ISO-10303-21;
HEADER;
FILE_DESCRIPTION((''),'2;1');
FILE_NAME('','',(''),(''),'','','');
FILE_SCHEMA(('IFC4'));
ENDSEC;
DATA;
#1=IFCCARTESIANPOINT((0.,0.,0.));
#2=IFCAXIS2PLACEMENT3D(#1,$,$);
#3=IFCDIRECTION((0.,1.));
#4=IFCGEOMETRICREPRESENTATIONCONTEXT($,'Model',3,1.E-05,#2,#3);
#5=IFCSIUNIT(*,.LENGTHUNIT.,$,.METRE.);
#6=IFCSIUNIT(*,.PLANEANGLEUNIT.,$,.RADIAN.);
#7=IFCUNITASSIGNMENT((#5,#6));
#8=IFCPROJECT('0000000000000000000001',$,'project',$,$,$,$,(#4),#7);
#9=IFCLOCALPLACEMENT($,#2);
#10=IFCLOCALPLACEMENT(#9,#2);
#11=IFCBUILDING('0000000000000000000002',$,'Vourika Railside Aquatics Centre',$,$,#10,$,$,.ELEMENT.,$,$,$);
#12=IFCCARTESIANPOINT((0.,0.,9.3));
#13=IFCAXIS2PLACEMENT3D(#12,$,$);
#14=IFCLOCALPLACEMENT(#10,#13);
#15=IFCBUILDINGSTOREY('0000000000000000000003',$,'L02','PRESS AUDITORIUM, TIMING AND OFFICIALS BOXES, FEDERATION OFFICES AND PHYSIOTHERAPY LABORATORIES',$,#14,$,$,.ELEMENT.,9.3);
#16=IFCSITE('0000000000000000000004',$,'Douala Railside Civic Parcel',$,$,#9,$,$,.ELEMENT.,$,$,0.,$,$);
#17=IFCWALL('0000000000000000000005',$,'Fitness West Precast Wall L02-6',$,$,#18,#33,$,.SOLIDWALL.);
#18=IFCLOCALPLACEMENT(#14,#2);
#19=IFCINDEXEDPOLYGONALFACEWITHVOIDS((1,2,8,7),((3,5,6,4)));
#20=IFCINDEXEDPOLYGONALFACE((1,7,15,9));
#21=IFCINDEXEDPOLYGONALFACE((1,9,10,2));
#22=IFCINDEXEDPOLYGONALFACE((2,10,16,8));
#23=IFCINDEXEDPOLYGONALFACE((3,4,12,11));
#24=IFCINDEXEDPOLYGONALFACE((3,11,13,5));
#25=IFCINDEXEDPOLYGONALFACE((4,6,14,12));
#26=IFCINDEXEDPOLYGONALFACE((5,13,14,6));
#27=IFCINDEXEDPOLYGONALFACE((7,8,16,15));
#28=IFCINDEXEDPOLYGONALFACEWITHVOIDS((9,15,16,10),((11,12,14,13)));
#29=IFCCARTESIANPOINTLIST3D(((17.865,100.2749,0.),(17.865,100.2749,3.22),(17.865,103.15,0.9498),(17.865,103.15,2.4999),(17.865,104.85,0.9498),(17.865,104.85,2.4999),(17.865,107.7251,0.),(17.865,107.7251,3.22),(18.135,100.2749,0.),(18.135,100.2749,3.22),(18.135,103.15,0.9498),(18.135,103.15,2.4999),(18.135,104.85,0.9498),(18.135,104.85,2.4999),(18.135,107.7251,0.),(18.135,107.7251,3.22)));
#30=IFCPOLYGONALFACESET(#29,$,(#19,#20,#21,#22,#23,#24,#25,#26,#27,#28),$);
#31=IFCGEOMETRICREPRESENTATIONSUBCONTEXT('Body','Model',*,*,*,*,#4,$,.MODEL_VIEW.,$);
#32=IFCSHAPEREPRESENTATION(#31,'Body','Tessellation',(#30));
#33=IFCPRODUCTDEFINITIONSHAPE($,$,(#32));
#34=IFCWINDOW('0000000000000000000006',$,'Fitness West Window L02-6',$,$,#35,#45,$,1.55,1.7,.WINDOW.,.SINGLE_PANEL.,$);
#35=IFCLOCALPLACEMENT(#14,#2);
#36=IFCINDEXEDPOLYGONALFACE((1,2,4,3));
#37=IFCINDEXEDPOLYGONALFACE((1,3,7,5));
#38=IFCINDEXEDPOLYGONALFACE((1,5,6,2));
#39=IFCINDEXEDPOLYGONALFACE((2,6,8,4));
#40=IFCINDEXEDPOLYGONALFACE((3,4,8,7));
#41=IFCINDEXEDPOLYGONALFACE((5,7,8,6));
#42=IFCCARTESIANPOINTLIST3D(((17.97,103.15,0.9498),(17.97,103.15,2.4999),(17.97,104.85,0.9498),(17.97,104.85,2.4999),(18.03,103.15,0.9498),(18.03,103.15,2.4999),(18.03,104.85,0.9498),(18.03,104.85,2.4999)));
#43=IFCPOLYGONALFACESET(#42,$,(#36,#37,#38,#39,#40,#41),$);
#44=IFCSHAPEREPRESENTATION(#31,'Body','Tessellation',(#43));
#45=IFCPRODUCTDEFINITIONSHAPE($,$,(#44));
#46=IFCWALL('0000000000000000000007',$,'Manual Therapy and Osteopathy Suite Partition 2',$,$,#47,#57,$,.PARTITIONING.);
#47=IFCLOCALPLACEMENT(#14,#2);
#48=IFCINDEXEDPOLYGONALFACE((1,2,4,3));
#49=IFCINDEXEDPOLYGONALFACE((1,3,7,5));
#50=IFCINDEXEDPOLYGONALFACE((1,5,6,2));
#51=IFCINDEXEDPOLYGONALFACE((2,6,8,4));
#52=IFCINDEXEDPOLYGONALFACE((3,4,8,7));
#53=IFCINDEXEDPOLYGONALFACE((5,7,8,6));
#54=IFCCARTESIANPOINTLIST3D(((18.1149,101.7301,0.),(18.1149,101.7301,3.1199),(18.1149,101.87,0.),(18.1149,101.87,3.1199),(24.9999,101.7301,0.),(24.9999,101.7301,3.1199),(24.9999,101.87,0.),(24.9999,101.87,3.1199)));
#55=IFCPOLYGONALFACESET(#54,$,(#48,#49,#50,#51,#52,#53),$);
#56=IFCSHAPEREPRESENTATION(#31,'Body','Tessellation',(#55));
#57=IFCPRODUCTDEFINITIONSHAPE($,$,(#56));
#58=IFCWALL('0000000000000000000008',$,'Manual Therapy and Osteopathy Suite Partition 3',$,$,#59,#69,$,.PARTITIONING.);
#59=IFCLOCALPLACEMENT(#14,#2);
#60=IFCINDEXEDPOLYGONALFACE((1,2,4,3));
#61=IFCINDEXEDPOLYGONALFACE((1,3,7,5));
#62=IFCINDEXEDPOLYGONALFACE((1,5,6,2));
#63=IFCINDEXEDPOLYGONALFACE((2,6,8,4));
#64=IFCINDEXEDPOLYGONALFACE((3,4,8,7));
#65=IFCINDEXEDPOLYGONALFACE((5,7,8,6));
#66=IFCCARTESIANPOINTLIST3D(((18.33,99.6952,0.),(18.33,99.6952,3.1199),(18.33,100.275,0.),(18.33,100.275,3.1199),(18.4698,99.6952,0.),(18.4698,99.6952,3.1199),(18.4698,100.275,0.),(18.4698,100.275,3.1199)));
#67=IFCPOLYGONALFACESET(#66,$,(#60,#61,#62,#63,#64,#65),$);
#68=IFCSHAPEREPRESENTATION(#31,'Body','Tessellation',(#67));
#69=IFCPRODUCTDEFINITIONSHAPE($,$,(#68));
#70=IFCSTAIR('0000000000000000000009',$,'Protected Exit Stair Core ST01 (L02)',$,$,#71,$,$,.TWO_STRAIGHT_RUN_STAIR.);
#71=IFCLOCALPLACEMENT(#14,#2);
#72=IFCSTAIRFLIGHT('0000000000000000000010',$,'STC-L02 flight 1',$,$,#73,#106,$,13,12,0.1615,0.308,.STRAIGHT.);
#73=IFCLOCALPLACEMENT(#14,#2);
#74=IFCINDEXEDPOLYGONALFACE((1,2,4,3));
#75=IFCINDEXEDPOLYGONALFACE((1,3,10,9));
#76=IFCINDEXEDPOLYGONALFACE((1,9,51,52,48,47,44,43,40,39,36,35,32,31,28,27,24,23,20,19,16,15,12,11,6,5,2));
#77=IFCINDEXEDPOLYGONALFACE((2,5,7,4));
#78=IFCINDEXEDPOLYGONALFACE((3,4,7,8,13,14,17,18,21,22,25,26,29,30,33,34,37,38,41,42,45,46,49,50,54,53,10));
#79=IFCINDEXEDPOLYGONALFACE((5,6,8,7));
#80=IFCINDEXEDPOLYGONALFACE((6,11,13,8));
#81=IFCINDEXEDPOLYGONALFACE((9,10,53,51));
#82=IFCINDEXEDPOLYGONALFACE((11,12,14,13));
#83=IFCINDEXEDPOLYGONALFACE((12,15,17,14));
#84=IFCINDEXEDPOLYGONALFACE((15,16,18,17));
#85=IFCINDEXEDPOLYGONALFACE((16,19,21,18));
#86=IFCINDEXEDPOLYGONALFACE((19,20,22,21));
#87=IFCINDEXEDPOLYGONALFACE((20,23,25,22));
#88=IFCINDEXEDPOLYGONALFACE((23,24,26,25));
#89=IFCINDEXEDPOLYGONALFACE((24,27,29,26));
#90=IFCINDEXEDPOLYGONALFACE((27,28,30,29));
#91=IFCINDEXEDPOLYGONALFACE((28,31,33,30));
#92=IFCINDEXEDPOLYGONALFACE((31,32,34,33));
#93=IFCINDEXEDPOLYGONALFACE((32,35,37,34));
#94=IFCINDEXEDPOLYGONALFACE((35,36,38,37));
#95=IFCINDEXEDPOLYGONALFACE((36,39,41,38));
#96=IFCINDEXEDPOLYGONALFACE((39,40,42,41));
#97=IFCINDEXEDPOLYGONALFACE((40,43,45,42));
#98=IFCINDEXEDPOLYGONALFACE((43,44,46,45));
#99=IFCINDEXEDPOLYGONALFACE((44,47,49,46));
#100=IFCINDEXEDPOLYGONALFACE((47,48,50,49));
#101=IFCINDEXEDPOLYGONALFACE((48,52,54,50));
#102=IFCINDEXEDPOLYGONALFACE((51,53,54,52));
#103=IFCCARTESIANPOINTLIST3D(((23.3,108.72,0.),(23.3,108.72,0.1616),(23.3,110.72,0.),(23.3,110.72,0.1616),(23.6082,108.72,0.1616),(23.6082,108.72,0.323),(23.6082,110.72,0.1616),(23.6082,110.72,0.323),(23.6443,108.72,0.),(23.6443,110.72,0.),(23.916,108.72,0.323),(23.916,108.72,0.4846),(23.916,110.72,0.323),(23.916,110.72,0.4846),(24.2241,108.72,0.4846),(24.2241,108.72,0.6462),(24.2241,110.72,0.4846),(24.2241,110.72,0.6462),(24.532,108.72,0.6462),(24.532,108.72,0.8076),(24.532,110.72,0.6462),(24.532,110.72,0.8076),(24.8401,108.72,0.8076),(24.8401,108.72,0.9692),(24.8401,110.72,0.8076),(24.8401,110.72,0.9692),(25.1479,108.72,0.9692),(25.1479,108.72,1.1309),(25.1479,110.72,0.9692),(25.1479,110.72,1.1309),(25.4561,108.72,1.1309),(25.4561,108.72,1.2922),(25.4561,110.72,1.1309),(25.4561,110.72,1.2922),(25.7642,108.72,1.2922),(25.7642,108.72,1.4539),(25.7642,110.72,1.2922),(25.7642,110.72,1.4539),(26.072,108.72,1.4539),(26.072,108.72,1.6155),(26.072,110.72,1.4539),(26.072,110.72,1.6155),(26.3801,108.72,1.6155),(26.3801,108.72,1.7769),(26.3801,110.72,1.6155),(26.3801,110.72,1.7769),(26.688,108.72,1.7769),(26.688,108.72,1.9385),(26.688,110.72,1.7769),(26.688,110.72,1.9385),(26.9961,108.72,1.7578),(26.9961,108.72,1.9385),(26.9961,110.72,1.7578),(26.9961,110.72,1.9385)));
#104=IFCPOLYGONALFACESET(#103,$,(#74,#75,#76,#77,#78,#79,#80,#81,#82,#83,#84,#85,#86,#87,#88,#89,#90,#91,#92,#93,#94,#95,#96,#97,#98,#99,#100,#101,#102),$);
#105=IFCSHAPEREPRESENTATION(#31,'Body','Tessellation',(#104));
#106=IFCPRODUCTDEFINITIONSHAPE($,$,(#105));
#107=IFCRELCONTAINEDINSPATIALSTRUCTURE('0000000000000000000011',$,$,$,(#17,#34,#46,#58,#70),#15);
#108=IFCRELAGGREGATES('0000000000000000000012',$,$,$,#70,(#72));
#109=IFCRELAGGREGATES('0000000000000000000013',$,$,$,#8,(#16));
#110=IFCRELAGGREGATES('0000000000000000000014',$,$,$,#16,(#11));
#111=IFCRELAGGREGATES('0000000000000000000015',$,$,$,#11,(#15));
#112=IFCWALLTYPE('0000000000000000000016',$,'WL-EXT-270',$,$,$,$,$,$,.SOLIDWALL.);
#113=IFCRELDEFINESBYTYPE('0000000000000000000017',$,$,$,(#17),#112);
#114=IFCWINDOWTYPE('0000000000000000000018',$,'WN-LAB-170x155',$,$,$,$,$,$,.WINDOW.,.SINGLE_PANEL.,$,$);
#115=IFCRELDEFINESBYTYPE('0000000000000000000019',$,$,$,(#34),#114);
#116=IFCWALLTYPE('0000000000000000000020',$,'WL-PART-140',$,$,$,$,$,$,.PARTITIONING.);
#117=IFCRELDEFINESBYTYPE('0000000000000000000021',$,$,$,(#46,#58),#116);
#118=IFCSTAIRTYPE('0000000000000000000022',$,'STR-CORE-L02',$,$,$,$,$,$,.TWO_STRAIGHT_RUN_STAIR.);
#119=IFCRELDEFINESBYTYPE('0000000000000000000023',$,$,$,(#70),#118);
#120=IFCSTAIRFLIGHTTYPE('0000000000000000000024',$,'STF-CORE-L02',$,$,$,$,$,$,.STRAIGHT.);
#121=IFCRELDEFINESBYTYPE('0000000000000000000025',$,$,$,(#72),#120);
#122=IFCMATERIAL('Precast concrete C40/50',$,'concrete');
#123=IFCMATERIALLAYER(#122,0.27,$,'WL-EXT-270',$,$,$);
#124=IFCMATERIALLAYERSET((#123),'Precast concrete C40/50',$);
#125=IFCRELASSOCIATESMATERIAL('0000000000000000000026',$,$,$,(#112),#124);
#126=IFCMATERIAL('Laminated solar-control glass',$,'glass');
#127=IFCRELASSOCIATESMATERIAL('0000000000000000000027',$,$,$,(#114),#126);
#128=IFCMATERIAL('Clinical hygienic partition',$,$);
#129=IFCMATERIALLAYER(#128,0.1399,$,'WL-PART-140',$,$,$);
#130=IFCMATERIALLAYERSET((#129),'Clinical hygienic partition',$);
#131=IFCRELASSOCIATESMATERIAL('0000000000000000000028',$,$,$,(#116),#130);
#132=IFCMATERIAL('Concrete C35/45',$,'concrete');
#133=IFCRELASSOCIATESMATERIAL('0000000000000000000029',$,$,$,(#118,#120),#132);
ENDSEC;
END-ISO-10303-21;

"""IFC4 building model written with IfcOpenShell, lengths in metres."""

from ifc_helpers import new_model, si_unit, direction, frame, frame_2d, origin, place, context, subcontext, project, spatial, polyline, rectangle, outline, extrude, material, layer, layer_set, type_object, element, fill, aggregate, save


model = new_model("IFC4")

# Units and contexts
model_context = context("Model", 3, precision=1e-05, world=origin(), true_north=direction((0.0, 1.0)))
body_context = subcontext(model_context, "Body", "Model", "MODEL_VIEW")
ifc_project = project(units=[si_unit("LENGTHUNIT", "METRE"), si_unit("PLANEANGLEUNIT", "RADIAN")], contexts=[model_context])

# Site, building, storey
site_placement = place(None, origin())
site = spatial("IfcSite", under=ifc_project, at=site_placement, Name="Douala Railside Civic Parcel", CompositionType="ELEMENT", RefElevation=0.0)
building_placement = place(site_placement, origin())
building = spatial("IfcBuilding", under=site, at=building_placement, Name="Vourika Railside Aquatics Centre", CompositionType="ELEMENT")
storey_placement = place(building_placement, frame((0.0, 0.0, 9.3)))
storey = spatial("IfcBuildingStorey", under=building, at=storey_placement, Name="L02", Description="PRESS AUDITORIUM, TIMING AND OFFICIALS BOXES, FEDERATION OFFICES AND PHYSIOTHERAPY LABORATORIES", CompositionType="ELEMENT", Elevation=9.3)

# Shared definitions
ifc_material_1 = material(Name="Concrete C35/45", Category="concrete")

# Wall, opening, window
ifc_material_2 = material(Name="Precast concrete C40/50", Category="concrete")
ifc_layer_1 = layer(ifc_material_2, 0.27, Name="WL-EXT-270")
ifc_layer_set_1 = layer_set([ifc_layer_1], Name="Precast concrete C40/50")
wall_type_1 = type_object("IfcWallType", Name="WL-EXT-270", PredefinedType="SOLIDWALL", material=ifc_layer_set_1)
wall_1_placement = place(storey_placement, frame((18.0, 107.7251, 0.0), z_axis=(0.0, 0.0, 1.0), x_axis=(0.0, -1.0, 0.0)))
wall_1 = element("IfcWall", 1, at=wall_1_placement, inside=storey, type_object=wall_type_1, Name="Fitness West Precast Wall L02-6", PredefinedType="SOLIDWALL", context=body_context, shape_type="SweptSolid", body=[
    extrude(rectangle(XDim=7.4502, YDim=0.27, at=frame_2d((3.7251, 0.0))), origin(), (0.0, 0.0, 1.0), 3.22),
])
opening_1_placement = place(wall_1_placement, frame((2.875, 0.0, 0.95)))
opening_1 = element("IfcOpeningElement", 2, at=opening_1_placement, cuts=wall_1, PredefinedType="OPENING", context=body_context, shape_type="SweptSolid", body=[
    extrude(rectangle(XDim=1.7, YDim=1.55, at=frame_2d((0.8501, 0.7749))), frame((0.0, 0.145, 0.0), z_axis=(0.0, -1.0, 0.0), x_axis=(1.0, 0.0, 0.0)), (0.0, 0.0, 1.0), 0.29),
])
ifc_material_3 = material(Name="Laminated solar-control glass", Category="glass")
window_type = type_object("IfcWindowType", Name="WN-LAB-170x155", PartitioningType="SINGLE_PANEL", PredefinedType="WINDOW", material=ifc_material_3)
window_placement = place(opening_1_placement, origin())
window = element("IfcWindow", 3, at=window_placement, inside=storey, type_object=window_type, Name="Fitness West Window L02-6", OverallHeight=1.55, OverallWidth=1.7, PartitioningType="SINGLE_PANEL", PredefinedType="WINDOW", context=body_context, shape_type="SweptSolid", body=[
    extrude(rectangle(XDim=1.7, YDim=1.55, at=frame_2d((0.8501, 0.7749))), frame((0.0, 0.03, 0.0), z_axis=(0.0, -1.0, 0.0), x_axis=(1.0, 0.0, 0.0)), (0.0, 0.0, 1.0), 0.0601),
])
fill(opening_1, window)

# Walls
ifc_material_4 = material(Name="Clinical hygienic partition")
ifc_layer_2 = layer(ifc_material_4, 0.1399, Name="WL-PART-140")
ifc_layer_set_2 = layer_set([ifc_layer_2], Name="Clinical hygienic partition")
wall_type_2 = type_object("IfcWallType", Name="WL-PART-140", PredefinedType="PARTITIONING", material=ifc_layer_set_2)
wall_2_placement = place(storey_placement, frame((18.115, 101.8, 0.0), z_axis=(0.0, 0.0, 1.0), x_axis=(1.0, 0.0, 0.0)))
element("IfcWall", 4, at=wall_2_placement, inside=storey, type_object=wall_type_2, Name="Manual Therapy and Osteopathy Suite Partition 2", PredefinedType="PARTITIONING", context=body_context, shape_type="SweptSolid", body=[
    extrude(rectangle(XDim=6.885, YDim=0.1399, at=frame_2d((3.4424, 0.0))), origin(), (0.0, 0.0, 1.0), 3.1199),
])
wall_3_placement = place(storey_placement, frame((18.3999, 99.6951, 0.0), z_axis=(0.0, 0.0, 1.0), x_axis=(0.0, 1.0, 0.0)))
element("IfcWall", 5, at=wall_3_placement, inside=storey, type_object=wall_type_2, Name="Manual Therapy and Osteopathy Suite Partition 3", PredefinedType="PARTITIONING", context=body_context, shape_type="SweptSolid", body=[
    extrude(rectangle(XDim=0.5798, YDim=0.1399, at=frame_2d((0.29, 0.0))), origin(), (0.0, 0.0, 1.0), 3.1199),
])

# Stair, stair flight
stair_type = type_object("IfcStairType", Name="STR-CORE-L02", PredefinedType="TWO_STRAIGHT_RUN_STAIR", material=ifc_material_1)
stair_placement = place(storey_placement, origin())
stair = element("IfcStair", 6, at=stair_placement, inside=storey, type_object=stair_type, Name="Protected Exit Stair Core ST01 (L02)", PredefinedType="TWO_STRAIGHT_RUN_STAIR")
stair_flight_type = type_object("IfcStairFlightType", Name="STF-CORE-L02", PredefinedType="STRAIGHT", material=ifc_material_1)
stair_flight_placement = place(storey_placement, frame((23.3, 109.72, 0.0), z_axis=(0.0, 0.0, 1.0), x_axis=(1.0, 0.0, 0.0)))
stair_flight = element("IfcStairFlight", 7, at=stair_flight_placement, type_object=stair_flight_type, Name="STC-L02 flight 1", NumberOfRisers=13, NumberOfTreads=12, PredefinedType="STRAIGHT", RiserHeight=0.1615, TreadLength=0.308, context=body_context, shape_type="SweptSolid", body=[
    extrude(outline(polyline([(0.0, 0.0), (0.0, 0.1616), (0.3081, 0.1616), (0.3081, 0.323), (0.616, 0.323), (0.616, 0.4846), (0.9241, 0.4846), (0.9241, 0.6462), (1.2319, 0.6462), (1.2319, 0.8076), (1.54, 0.8076), (1.54, 0.9692), (1.8479, 0.9692), (1.8479, 1.1309), (2.156, 1.1309), (2.156, 1.2922), (2.4641, 1.2922), (2.4641, 1.4539), (2.772, 1.4539), (2.772, 1.6155), (3.0801, 1.6155), (3.0801, 1.7769), (3.3879, 1.7769), (3.3879, 1.9385), (3.696, 1.9385), (3.696, 2.1001), (3.696, 1.7578), (0.3442, 0.0), (0.0, 0.0)])), frame((0.0, 1.0, 0.0), z_axis=(0.0, -1.0, 0.0), x_axis=(1.0, 0.0, 0.0)), (0.0, 0.0, 1.0), 2.0),
])
aggregate(stair, [stair_flight])

save(model, "model.ifc")
